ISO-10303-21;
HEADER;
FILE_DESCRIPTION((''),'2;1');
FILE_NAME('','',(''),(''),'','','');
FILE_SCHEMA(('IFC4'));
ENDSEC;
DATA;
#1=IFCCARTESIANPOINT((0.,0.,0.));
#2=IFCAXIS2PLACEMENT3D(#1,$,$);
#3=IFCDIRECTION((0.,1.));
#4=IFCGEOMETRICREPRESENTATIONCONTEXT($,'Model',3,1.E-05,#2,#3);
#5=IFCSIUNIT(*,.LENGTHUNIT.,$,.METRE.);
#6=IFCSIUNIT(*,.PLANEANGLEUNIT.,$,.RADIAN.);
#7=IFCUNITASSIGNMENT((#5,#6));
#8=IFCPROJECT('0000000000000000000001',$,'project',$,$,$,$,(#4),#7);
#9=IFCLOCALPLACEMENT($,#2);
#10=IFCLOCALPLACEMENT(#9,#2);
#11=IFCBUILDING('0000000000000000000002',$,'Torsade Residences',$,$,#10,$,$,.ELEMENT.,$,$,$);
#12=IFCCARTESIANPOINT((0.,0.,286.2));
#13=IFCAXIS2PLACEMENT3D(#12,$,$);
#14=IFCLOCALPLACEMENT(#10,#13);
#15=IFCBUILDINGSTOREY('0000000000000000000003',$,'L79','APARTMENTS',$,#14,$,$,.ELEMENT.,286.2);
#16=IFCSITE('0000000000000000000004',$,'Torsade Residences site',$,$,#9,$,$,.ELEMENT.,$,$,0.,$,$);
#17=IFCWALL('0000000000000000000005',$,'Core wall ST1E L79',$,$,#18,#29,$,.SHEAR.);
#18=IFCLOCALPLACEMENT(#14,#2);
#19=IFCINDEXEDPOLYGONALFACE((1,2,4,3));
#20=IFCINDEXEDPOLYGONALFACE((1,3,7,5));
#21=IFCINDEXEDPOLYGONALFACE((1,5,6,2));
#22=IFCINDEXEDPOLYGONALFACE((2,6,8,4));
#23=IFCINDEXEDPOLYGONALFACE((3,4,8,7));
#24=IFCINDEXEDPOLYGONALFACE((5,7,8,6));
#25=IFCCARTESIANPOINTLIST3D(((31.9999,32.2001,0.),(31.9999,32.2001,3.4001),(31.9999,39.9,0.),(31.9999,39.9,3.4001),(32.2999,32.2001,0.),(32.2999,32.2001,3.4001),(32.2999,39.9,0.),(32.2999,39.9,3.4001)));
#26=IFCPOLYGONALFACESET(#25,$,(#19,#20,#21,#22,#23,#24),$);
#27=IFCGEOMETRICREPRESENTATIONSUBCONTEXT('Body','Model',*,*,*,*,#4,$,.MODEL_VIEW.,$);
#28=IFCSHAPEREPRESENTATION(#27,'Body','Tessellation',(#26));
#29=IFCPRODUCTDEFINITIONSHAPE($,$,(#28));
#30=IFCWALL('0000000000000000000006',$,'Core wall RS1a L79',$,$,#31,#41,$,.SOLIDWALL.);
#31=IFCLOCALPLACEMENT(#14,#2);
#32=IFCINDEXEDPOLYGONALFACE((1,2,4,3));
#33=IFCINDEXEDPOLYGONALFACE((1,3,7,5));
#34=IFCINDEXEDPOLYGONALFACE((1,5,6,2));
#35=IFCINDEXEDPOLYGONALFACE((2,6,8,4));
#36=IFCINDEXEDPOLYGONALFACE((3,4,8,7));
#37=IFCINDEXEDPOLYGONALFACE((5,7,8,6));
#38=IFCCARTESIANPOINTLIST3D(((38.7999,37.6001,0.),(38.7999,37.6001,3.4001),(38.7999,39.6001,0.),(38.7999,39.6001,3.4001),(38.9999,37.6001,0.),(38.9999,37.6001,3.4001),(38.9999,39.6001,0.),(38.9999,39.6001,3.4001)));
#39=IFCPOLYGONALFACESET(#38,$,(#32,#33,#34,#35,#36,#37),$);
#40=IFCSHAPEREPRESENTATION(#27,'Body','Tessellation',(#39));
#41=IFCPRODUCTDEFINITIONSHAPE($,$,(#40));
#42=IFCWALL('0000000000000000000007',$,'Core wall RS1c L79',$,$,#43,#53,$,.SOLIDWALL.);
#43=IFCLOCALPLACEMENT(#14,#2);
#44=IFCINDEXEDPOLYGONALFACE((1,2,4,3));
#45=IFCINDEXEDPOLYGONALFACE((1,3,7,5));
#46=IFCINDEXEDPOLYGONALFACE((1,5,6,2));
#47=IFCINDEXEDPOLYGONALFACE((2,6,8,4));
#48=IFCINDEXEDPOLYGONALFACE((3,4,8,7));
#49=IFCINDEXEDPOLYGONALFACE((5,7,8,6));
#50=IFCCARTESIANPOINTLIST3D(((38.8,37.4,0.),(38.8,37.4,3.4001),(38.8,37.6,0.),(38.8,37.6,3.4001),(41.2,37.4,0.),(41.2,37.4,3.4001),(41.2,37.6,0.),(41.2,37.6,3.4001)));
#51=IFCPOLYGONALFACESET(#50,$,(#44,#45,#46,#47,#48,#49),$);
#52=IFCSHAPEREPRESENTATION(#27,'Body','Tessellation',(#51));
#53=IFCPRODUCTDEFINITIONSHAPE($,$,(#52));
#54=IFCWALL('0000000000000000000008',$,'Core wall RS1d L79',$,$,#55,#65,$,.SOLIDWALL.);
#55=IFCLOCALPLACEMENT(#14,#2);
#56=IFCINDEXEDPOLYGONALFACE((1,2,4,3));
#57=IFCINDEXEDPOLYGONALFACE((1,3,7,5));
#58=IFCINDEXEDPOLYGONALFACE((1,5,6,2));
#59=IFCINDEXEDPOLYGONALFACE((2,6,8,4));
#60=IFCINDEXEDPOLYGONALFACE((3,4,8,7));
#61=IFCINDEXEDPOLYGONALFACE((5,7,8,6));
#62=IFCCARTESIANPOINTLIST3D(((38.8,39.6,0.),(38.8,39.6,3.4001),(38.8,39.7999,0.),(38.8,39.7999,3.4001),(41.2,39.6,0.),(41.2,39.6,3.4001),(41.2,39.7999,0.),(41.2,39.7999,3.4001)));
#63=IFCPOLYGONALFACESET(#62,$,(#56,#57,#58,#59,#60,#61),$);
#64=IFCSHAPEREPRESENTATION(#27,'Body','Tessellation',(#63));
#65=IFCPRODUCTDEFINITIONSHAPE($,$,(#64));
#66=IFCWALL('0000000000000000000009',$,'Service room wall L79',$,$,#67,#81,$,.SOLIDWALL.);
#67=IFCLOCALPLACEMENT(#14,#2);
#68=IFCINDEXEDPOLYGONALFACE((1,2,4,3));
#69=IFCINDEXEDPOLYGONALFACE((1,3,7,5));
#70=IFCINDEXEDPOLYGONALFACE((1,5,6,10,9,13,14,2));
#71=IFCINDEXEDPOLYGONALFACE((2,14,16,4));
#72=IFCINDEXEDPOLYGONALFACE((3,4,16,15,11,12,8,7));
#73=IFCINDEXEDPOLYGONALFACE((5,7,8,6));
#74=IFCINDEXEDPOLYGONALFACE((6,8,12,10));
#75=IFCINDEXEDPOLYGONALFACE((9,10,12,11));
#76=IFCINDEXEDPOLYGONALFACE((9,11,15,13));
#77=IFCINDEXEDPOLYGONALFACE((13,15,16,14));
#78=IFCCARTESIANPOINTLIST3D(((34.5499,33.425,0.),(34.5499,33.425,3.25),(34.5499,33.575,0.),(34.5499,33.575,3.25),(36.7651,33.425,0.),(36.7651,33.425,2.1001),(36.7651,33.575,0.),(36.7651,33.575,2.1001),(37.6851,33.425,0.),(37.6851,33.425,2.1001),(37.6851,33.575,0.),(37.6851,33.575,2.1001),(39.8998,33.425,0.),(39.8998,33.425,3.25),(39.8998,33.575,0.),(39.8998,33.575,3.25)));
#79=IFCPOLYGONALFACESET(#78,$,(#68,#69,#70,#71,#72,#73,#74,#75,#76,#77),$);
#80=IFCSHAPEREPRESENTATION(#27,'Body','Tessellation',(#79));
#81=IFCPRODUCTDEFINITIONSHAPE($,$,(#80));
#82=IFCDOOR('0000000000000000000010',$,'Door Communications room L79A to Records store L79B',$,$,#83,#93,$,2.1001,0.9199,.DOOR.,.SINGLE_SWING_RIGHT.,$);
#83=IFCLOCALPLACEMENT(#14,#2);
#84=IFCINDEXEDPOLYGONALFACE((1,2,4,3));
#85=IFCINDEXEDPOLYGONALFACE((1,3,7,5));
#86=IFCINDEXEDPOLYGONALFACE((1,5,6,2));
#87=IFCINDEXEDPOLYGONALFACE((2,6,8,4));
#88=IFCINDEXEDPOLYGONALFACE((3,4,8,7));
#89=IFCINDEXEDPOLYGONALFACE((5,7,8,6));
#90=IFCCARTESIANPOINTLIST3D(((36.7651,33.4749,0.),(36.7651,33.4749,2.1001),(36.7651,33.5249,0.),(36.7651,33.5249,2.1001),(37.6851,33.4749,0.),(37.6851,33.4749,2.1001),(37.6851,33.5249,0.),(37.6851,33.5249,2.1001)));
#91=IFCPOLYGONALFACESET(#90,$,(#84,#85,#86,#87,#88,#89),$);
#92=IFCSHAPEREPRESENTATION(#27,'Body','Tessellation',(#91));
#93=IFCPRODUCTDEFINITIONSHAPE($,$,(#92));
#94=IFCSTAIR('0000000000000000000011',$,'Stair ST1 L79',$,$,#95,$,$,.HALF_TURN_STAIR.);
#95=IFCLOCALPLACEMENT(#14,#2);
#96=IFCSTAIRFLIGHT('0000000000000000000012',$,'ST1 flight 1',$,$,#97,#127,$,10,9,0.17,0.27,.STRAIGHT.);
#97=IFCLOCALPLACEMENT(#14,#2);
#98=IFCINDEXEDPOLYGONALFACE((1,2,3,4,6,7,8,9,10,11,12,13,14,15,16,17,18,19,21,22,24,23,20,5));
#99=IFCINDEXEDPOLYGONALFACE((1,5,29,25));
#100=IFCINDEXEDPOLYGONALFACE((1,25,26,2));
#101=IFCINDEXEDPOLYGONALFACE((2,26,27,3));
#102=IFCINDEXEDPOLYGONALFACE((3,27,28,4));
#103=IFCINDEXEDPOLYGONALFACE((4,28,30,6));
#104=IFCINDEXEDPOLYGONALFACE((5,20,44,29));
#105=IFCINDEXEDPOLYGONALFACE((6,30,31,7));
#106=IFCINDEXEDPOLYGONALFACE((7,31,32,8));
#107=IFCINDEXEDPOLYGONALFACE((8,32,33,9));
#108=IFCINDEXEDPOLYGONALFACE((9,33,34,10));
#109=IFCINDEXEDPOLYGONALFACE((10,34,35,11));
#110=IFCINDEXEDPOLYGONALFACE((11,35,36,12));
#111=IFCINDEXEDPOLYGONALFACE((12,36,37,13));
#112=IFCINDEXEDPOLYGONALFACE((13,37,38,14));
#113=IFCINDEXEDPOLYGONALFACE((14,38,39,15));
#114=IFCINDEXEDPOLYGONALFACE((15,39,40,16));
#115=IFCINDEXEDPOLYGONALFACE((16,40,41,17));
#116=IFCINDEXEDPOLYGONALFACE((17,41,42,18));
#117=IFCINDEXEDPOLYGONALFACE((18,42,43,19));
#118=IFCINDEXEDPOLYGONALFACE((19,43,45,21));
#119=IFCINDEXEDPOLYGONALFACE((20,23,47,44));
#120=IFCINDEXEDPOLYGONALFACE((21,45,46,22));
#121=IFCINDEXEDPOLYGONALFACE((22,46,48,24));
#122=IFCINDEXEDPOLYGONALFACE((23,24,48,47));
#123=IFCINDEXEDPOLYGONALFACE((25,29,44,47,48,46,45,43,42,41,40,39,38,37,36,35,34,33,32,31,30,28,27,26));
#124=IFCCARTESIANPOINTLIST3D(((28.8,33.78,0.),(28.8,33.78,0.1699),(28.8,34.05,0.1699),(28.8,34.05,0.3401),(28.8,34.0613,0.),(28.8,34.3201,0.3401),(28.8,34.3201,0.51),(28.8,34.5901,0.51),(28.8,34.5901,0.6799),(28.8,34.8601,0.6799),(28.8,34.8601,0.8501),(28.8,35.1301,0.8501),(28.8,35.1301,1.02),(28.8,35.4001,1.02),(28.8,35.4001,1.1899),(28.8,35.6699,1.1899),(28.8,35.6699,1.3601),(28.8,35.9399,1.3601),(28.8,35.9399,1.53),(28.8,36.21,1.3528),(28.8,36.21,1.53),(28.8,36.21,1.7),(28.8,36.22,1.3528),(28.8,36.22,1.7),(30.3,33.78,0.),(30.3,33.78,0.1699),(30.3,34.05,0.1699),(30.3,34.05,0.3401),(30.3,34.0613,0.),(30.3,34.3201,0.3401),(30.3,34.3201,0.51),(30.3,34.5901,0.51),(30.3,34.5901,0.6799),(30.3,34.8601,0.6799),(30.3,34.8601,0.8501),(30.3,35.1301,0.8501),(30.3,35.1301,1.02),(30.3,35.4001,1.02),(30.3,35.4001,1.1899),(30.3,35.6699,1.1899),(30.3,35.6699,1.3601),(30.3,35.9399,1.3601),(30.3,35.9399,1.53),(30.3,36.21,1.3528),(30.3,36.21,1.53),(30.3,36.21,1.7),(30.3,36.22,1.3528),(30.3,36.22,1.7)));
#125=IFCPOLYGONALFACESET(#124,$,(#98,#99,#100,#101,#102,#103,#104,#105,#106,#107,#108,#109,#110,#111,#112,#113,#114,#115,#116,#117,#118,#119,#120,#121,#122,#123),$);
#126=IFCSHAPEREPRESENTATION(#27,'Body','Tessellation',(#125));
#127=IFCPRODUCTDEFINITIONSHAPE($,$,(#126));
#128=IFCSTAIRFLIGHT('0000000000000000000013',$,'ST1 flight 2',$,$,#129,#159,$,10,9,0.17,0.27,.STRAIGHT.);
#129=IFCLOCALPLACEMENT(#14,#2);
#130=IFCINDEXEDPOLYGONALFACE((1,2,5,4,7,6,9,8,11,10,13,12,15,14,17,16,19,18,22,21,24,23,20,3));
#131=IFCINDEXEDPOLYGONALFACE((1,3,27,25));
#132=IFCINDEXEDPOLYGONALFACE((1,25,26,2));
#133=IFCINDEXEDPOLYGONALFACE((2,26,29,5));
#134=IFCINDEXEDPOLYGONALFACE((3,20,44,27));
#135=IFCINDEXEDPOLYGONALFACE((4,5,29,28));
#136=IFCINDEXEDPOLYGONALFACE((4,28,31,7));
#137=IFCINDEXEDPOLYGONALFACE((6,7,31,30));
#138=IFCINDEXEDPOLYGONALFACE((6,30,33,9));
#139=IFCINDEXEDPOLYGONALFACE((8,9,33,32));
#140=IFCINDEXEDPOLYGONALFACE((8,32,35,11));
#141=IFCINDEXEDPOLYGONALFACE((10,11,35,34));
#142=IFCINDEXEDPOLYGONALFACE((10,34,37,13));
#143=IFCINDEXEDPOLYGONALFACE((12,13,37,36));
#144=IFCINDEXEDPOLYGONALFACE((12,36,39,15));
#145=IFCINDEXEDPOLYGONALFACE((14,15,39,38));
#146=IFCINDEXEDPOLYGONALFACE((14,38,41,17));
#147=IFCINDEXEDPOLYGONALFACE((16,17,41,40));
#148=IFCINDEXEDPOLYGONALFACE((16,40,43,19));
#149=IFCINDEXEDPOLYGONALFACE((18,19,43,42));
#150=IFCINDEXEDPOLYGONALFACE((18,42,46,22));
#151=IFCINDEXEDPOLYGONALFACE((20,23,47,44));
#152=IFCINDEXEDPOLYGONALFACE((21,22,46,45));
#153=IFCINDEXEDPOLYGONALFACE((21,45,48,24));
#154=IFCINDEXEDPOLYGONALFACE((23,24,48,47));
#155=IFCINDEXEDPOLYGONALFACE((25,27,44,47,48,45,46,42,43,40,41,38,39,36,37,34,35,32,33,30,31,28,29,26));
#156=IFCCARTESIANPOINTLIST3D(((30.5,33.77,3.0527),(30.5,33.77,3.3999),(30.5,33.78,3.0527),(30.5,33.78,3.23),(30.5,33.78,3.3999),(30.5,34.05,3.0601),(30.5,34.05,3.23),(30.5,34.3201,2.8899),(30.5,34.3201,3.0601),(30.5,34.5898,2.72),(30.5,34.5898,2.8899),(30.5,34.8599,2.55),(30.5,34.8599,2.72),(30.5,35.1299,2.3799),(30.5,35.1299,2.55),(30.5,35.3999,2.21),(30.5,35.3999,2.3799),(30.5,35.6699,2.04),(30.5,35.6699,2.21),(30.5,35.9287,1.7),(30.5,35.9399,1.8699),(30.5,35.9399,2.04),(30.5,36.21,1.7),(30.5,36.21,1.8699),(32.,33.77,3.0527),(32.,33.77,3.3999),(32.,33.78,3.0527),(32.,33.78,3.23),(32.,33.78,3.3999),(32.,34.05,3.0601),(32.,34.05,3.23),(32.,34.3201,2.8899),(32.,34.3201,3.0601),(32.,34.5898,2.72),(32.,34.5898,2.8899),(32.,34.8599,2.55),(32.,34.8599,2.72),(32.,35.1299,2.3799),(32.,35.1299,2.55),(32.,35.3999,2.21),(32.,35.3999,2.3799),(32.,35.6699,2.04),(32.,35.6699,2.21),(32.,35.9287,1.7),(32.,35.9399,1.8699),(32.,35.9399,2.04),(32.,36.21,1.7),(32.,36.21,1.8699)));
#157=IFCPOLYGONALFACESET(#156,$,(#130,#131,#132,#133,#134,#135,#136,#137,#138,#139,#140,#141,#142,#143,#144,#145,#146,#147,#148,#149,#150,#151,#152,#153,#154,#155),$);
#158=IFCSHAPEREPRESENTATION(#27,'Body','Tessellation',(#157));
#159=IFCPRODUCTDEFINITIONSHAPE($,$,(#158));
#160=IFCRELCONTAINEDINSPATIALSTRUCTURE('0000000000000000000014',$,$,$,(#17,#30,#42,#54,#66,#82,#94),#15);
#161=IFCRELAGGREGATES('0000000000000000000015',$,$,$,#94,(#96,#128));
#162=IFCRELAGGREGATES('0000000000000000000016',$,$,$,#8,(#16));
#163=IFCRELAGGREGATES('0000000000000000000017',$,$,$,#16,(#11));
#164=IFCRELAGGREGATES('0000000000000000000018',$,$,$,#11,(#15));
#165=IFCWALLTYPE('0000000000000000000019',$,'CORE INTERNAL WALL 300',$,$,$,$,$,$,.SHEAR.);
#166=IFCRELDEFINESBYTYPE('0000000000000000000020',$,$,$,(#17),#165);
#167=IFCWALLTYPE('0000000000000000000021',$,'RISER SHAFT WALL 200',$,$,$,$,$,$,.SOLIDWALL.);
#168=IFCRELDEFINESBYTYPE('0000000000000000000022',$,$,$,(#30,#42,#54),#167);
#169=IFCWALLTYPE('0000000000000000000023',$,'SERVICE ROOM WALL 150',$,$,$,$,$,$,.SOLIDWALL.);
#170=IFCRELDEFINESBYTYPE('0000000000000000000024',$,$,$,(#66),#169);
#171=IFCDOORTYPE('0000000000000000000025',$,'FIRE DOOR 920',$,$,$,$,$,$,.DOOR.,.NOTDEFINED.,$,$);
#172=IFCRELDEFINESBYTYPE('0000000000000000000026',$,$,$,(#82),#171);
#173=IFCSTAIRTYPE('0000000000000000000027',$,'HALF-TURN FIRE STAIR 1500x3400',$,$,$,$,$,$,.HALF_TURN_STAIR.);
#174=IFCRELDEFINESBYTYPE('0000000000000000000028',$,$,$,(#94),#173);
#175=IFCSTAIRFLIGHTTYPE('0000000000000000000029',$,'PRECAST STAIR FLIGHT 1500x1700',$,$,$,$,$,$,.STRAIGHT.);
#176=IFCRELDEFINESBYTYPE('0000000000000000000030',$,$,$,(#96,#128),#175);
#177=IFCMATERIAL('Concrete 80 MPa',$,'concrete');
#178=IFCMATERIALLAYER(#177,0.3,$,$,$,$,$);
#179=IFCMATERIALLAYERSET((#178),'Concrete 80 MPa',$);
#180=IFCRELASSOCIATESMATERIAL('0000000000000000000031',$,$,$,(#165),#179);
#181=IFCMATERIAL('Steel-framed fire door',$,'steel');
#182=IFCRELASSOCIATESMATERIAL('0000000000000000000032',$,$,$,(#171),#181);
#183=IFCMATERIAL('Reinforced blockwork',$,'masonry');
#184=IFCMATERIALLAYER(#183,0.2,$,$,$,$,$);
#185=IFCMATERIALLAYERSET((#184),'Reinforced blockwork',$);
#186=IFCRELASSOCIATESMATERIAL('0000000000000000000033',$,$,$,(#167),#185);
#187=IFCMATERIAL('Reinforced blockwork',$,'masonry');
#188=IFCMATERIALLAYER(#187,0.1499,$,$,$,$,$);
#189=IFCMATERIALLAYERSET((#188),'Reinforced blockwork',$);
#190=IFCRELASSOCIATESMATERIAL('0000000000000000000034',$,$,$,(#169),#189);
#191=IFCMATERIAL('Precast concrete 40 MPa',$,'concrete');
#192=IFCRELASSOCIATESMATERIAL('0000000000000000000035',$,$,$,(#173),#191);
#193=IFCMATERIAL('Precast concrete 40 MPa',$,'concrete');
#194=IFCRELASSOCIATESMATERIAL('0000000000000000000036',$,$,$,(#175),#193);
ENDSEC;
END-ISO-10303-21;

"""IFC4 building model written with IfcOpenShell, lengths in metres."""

from ifc_helpers import new_model, si_unit, direction, frame, frame_2d, origin, place, context, subcontext, project, spatial, polyline, rectangle, outline, extrude, material, layer, layer_set, type_object, element, fill, aggregate, save


model = new_model("IFC4")

# Units and contexts
model_context = context("Model", 3, precision=1e-05, world=origin(), true_north=direction((0.0, 1.0)))
body_context = subcontext(model_context, "Body", "Model", "MODEL_VIEW")
ifc_project = project(units=[si_unit("LENGTHUNIT", "METRE"), si_unit("PLANEANGLEUNIT", "RADIAN")], contexts=[model_context])

# Site, building, storey
site_placement = place(None, origin())
site = spatial("IfcSite", under=ifc_project, at=site_placement, Name="Torsade Residences site", CompositionType="ELEMENT", RefElevation=0.0)
building_placement = place(site_placement, origin())
building = spatial("IfcBuilding", under=site, at=building_placement, Name="Torsade Residences", CompositionType="ELEMENT")
storey_placement = place(building_placement, frame((0.0, 0.0, 286.2)))
storey = spatial("IfcBuildingStorey", under=building, at=storey_placement, Name="L79", Description="APARTMENTS", CompositionType="ELEMENT", Elevation=286.2)

# Shared definitions
ifc_material_1 = material(Name="Concrete 80 MPa", Category="concrete")
ifc_layer_1 = layer(ifc_material_1, 0.3)
ifc_layer_set_1 = layer_set([ifc_layer_1], Name="Concrete 80 MPa")
wall_type_1 = type_object("IfcWallType", Name="CORE INTERNAL WALL 300", PredefinedType="SHEAR", material=ifc_layer_set_1)
ifc_material_2 = material(Name="Steel-framed fire door", Category="steel")
door_type_1 = type_object("IfcDoorType", Name="FIRE DOOR 920", OperationType="NOTDEFINED", PredefinedType="DOOR", material=ifc_material_2)

# Walls
wall_1_placement = place(storey_placement, frame((32.1499, 32.2, 0.0), z_axis=(0.0, 0.0, 1.0), x_axis=(0.0, 1.0, 0.0)))
element("IfcWall", 1, at=wall_1_placement, inside=storey, type_object=wall_type_1, Name="Core wall ST1E L79", PredefinedType="SHEAR", context=body_context, shape_type="SweptSolid", body=[
    extrude(rectangle(XDim=7.7, YDim=0.3, at=frame_2d((3.8501, 0.0))), origin(), (0.0, 0.0, 1.0), 3.4001),
])
ifc_material_3 = material(Name="Reinforced blockwork", Category="masonry")
ifc_layer_2 = layer(ifc_material_3, 0.2)
ifc_layer_set_2 = layer_set([ifc_layer_2], Name="Reinforced blockwork")
wall_type_2 = type_object("IfcWallType", Name="RISER SHAFT WALL 200", PredefinedType="SOLIDWALL", material=ifc_layer_set_2)
wall_2_placement = place(storey_placement, frame((38.8999, 37.6001, 0.0), z_axis=(0.0, 0.0, 1.0), x_axis=(0.0, 1.0, 0.0)))
element("IfcWall", 2, at=wall_2_placement, inside=storey, type_object=wall_type_2, Name="Core wall RS1a L79", PredefinedType="SOLIDWALL", context=body_context, shape_type="SweptSolid", body=[
    extrude(rectangle(XDim=2.0, YDim=0.2, at=frame_2d((1.0, 0.0))), origin(), (0.0, 0.0, 1.0), 3.4001),
])
for number, where, z_axis, x_axis, name in (
    (3, (38.8, 37.5, 0.0), (0.0, 0.0, 1.0), (1.0, 0.0, 0.0), "Core wall RS1c L79"),
    (4, (38.8, 39.7, 0.0), (0.0, 0.0, 1.0), (1.0, 0.0, 0.0), "Core wall RS1d L79"),
):
    element("IfcWall", number, at=place(storey_placement, frame(where, z_axis=z_axis, x_axis=x_axis)), inside=storey, type_object=wall_type_2, Name=name, PredefinedType="SOLIDWALL", context=body_context, shape_type="SweptSolid", body=[
        extrude(rectangle(XDim=2.3999, YDim=0.2, at=frame_2d((1.2, 0.0))), origin(), (0.0, 0.0, 1.0), 3.4001),
    ])

# Wall, opening, door
ifc_material_4 = material(Name="Reinforced blockwork", Category="masonry")
ifc_layer_3 = layer(ifc_material_4, 0.1499)
ifc_layer_set_3 = layer_set([ifc_layer_3], Name="Reinforced blockwork")
wall_type_3 = type_object("IfcWallType", Name="SERVICE ROOM WALL 150", PredefinedType="SOLIDWALL", material=ifc_layer_set_3)
wall_3_placement = place(storey_placement, frame((34.55, 33.5, 0.0), z_axis=(0.0, 0.0, 1.0), x_axis=(1.0, 0.0, 0.0)))
wall_3 = element("IfcWall", 5, at=wall_3_placement, inside=storey, type_object=wall_type_3, Name="Service room wall L79", PredefinedType="SOLIDWALL", context=body_context, shape_type="SweptSolid", body=[
    extrude(rectangle(XDim=5.3499, YDim=0.1499, at=frame_2d((2.6748, 0.0))), origin(), (0.0, 0.0, 1.0), 3.25),
])
opening_1_placement = place(wall_3_placement, frame((2.2151, 0.0, 0.0)))
opening_1 = element("IfcOpeningElement", 6, at=opening_1_placement, cuts=wall_3, PredefinedType="OPENING", context=body_context, shape_type="SweptSolid", body=[
    extrude(rectangle(XDim=0.9199, YDim=2.1001, at=frame_2d((0.46, 1.05))), frame((0.0, 0.085, 0.0), z_axis=(0.0, -1.0, 0.0), x_axis=(1.0, 0.0, 0.0)), (0.0, 0.0, 1.0), 0.1699),
])
door_1_placement = place(opening_1_placement, origin())
door_1 = element("IfcDoor", 7, at=door_1_placement, inside=storey, type_object=door_type_1, Name="Door Communications room L79A to Records store L79B", OperationType="SINGLE_SWING_RIGHT", OverallHeight=2.1001, OverallWidth=0.9199, PredefinedType="DOOR", context=body_context, shape_type="SweptSolid", body=[
    extrude(rectangle(XDim=0.9199, YDim=2.1001, at=frame_2d((0.46, 1.05))), frame((0.0, 0.0249, 0.0), z_axis=(0.0, -1.0, 0.0), x_axis=(1.0, 0.0, 0.0)), (0.0, 0.0, 1.0), 0.05),
])
fill(opening_1, door_1)

# Stair, stair flights
ifc_material_5 = material(Name="Precast concrete 40 MPa", Category="concrete")
stair_type = type_object("IfcStairType", Name="HALF-TURN FIRE STAIR 1500x3400", PredefinedType="HALF_TURN_STAIR", material=ifc_material_5)
stair_placement = place(storey_placement, origin())
stair = element("IfcStair", 8, at=stair_placement, inside=storey, type_object=stair_type, Name="Stair ST1 L79", PredefinedType="HALF_TURN_STAIR")
ifc_material_6 = material(Name="Precast concrete 40 MPa", Category="concrete")
stair_flight_type = type_object("IfcStairFlightType", Name="PRECAST STAIR FLIGHT 1500x1700", PredefinedType="STRAIGHT", material=ifc_material_6)
stair_flight_1_placement = place(storey_placement, frame((29.55, 33.78, 0.0), z_axis=(0.0, 0.0, 1.0), x_axis=(0.0, 1.0, 0.0)))
stair_flight_1 = element("IfcStairFlight", 9, at=stair_flight_1_placement, type_object=stair_flight_type, Name="ST1 flight 1", NumberOfRisers=10, NumberOfTreads=9, PredefinedType="STRAIGHT", RiserHeight=0.17, TreadLength=0.27, context=body_context, shape_type="SweptSolid", body=[
    extrude(outline(polyline([(0.0, 0.0), (0.0, 0.1699), (0.27, 0.1699), (0.27, 0.3401), (0.54, 0.3401), (0.54, 0.51), (0.8101, 0.51), (0.8101, 0.6799), (1.0801, 0.6799), (1.0801, 0.8501), (1.3501, 0.8501), (1.3501, 1.02), (1.6201, 1.02), (1.6201, 1.1899), (1.8899, 1.1899), (1.8899, 1.3601), (2.1599, 1.3601), (2.1599, 1.53), (2.4299, 1.53), (2.4299, 1.7), (2.4399, 1.7), (2.4399, 1.3528), (2.4299, 1.3528), (0.2812, 0.0), (0.0, 0.0)])), frame((0.0, 0.75, 0.0), z_axis=(0.0, -1.0, 0.0), x_axis=(1.0, 0.0, 0.0)), (0.0, 0.0, 1.0), 1.5),
])
stair_flight_2_placement = place(storey_placement, frame((31.25, 36.21, 1.7), z_axis=(0.0, 0.0, 1.0), x_axis=(0.0, -1.0, 0.0)))
stair_flight_2 = element("IfcStairFlight", 10, at=stair_flight_2_placement, type_object=stair_flight_type, Name="ST1 flight 2", NumberOfRisers=10, NumberOfTreads=9, PredefinedType="STRAIGHT", RiserHeight=0.17, TreadLength=0.27, context=body_context, shape_type="SweptSolid", body=[
    extrude(outline(polyline([(0.0, 0.0), (0.0, 0.1699), (0.27, 0.1699), (0.27, 0.3401), (0.54, 0.3401), (0.54, 0.51), (0.8101, 0.51), (0.8101, 0.6799), (1.0801, 0.6799), (1.0801, 0.8501), (1.3501, 0.8501), (1.3501, 1.02), (1.6201, 1.02), (1.6201, 1.1899), (1.8899, 1.1899), (1.8899, 1.3601), (2.1599, 1.3601), (2.1599, 1.53), (2.4299, 1.53), (2.4299, 1.7), (2.4399, 1.7), (2.4399, 1.3528), (2.4299, 1.3528), (0.2812, 0.0), (0.0, 0.0)])), frame((0.0, 0.75, 0.0), z_axis=(0.0, -1.0, 0.0), x_axis=(1.0, 0.0, 0.0)), (0.0, 0.0, 1.0), 1.5),
])
aggregate(stair, [stair_flight_1, stair_flight_2])

save(model, "model.ifc")
